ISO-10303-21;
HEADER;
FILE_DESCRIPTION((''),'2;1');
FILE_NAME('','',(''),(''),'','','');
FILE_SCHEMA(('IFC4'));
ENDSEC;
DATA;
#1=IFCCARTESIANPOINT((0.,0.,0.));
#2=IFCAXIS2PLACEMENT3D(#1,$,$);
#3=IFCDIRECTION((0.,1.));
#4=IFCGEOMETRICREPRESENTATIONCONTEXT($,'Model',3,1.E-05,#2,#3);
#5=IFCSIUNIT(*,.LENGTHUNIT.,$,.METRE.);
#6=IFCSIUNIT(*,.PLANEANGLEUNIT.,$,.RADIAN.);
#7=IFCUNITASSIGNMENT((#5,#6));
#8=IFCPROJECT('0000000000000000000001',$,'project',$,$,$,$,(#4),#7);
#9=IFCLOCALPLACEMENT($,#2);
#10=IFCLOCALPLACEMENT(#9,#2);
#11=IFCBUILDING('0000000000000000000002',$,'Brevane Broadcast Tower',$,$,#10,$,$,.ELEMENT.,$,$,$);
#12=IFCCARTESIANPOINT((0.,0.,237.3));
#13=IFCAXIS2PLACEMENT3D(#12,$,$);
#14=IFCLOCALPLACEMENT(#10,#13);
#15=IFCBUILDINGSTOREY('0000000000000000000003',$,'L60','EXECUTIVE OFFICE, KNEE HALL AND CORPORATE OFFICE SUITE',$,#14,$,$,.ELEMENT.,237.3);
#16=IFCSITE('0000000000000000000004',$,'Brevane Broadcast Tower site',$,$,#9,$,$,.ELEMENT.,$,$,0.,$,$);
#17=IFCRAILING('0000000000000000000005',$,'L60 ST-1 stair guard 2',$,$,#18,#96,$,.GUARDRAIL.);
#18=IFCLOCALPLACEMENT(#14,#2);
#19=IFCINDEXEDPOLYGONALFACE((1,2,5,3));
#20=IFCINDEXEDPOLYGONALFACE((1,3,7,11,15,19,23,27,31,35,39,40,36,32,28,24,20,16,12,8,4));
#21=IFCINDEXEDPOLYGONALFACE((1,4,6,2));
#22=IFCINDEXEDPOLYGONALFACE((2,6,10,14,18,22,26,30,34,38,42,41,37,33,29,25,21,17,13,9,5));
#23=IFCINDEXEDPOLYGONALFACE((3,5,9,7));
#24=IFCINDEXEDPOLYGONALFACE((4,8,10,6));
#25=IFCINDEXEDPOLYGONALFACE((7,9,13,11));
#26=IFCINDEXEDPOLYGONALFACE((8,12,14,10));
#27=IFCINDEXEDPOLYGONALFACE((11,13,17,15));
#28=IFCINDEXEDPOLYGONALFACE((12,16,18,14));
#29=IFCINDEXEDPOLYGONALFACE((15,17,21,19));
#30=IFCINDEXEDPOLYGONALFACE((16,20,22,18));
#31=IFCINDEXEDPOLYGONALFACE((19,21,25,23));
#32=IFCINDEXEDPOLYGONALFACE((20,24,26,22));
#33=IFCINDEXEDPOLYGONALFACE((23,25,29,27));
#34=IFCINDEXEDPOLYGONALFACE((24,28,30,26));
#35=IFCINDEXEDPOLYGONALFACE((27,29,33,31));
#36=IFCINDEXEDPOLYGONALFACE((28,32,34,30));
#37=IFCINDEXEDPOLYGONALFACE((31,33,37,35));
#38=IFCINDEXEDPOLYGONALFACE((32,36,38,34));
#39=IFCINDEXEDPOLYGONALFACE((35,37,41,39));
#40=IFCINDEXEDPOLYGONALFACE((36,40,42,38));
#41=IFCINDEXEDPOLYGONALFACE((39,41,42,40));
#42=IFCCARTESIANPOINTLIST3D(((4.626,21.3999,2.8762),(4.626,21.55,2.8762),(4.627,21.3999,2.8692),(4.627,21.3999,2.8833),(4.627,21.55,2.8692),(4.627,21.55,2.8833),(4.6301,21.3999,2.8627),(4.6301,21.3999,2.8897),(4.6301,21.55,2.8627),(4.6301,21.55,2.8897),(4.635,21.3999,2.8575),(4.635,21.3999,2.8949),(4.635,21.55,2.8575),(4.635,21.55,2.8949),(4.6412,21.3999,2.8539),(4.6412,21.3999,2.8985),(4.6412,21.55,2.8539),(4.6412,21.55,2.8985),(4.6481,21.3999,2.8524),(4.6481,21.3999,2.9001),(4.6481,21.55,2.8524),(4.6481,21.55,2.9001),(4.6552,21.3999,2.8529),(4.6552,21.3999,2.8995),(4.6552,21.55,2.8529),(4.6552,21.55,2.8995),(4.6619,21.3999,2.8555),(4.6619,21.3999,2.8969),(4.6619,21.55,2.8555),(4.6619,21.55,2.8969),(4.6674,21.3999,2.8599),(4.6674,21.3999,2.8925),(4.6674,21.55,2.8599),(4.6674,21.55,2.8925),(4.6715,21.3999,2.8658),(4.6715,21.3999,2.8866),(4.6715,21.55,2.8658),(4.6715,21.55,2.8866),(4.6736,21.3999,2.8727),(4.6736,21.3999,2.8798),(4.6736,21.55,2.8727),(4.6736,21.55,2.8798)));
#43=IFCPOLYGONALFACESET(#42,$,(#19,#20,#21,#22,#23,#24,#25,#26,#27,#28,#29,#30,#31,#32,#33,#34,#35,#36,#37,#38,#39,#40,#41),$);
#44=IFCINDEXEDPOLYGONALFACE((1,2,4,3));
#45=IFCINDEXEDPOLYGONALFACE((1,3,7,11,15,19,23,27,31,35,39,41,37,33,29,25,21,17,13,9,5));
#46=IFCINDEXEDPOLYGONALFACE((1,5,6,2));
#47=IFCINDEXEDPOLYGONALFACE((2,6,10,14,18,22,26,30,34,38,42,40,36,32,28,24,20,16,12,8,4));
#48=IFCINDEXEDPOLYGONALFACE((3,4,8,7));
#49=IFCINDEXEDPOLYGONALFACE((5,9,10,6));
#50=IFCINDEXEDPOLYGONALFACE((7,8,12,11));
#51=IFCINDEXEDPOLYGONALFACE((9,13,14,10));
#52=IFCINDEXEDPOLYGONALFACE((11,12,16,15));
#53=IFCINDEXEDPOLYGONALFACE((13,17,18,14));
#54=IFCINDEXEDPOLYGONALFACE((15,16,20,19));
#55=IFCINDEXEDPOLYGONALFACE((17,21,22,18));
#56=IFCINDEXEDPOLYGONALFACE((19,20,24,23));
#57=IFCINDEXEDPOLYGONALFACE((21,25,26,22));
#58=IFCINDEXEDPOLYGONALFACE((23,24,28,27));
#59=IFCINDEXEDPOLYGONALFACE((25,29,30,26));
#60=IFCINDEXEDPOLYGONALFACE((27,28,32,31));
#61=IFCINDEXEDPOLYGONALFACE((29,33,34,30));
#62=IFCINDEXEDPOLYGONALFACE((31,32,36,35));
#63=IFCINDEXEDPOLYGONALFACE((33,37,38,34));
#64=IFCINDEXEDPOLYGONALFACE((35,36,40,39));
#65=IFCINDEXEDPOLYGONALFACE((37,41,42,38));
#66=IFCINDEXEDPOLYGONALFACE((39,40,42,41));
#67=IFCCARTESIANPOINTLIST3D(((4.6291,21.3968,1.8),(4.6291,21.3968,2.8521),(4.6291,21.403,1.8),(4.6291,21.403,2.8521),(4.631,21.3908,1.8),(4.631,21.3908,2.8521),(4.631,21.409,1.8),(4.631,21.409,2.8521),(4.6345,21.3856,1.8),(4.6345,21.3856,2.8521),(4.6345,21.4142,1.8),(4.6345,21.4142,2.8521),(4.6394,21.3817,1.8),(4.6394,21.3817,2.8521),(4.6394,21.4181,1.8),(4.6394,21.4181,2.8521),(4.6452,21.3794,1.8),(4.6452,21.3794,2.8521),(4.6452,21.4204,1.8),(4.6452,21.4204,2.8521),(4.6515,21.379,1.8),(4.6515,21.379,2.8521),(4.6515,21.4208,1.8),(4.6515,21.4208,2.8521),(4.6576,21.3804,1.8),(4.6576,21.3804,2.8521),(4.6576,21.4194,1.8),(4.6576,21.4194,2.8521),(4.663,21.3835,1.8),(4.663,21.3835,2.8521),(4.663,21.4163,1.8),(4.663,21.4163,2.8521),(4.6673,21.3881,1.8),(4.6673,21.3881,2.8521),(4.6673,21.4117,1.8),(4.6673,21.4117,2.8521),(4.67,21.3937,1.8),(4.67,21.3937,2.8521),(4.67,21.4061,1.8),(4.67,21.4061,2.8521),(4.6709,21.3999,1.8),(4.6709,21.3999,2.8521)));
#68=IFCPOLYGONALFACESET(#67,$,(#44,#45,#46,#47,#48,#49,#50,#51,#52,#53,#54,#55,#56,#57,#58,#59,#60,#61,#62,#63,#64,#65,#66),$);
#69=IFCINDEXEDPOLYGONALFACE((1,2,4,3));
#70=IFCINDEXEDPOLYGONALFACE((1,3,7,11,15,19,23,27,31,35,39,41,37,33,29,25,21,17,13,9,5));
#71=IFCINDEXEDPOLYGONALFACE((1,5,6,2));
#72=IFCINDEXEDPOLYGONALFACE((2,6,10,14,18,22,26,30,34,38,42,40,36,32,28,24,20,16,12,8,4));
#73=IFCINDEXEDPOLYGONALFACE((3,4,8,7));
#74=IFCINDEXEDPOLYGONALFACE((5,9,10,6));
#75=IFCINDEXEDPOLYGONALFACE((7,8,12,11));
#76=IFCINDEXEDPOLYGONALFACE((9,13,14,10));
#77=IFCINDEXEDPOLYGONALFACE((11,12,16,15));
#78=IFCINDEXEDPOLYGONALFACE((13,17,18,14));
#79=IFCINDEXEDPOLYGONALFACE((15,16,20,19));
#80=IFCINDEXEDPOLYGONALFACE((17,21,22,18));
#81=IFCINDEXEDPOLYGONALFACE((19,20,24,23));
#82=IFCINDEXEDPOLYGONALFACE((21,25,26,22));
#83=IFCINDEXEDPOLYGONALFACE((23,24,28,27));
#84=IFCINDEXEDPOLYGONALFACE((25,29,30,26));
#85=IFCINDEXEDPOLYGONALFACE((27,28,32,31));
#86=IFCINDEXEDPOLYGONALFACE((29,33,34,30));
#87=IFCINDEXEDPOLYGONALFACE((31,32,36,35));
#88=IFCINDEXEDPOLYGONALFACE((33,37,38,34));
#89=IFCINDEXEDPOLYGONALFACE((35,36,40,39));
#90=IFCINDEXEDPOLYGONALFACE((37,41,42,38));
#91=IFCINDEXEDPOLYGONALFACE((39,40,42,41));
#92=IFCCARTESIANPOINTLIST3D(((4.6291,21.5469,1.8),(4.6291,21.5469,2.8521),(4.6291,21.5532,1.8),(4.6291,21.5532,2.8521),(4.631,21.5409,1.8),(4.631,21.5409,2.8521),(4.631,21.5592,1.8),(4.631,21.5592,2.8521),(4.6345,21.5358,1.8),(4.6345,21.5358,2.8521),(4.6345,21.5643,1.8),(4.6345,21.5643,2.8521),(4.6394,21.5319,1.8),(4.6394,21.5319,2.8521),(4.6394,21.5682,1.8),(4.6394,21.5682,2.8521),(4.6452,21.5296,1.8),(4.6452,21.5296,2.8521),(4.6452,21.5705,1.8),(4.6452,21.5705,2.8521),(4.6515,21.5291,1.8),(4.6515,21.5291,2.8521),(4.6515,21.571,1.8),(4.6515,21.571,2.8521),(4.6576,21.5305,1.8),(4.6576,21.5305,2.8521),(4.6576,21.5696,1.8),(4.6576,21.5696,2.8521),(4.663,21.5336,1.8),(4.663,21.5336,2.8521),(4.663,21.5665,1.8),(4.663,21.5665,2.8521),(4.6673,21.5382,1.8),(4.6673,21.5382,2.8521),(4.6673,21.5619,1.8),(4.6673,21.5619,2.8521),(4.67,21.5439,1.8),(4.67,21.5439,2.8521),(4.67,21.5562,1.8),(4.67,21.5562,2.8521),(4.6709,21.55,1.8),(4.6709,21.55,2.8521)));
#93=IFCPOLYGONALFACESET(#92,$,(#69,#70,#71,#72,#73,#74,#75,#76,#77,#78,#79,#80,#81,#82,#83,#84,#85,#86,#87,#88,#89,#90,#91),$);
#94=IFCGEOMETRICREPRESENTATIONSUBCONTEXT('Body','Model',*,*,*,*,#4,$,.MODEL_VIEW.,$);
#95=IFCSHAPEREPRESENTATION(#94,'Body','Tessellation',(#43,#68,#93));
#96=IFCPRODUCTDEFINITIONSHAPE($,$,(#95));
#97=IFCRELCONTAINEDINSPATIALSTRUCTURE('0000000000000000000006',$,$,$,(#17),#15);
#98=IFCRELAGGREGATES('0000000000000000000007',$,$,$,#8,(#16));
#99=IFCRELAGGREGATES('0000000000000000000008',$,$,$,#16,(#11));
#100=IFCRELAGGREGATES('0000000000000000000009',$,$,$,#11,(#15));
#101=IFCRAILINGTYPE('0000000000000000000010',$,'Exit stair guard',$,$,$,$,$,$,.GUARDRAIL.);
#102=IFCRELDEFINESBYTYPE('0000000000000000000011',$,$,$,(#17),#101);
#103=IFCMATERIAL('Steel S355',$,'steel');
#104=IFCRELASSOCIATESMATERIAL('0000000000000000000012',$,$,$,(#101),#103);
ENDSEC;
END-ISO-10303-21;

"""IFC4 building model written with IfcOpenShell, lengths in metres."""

from ifc_helpers import new_model, si_unit, direction, frame, origin, origin_2d, place, context, subcontext, project, spatial, circle, extrude, material, type_object, element, save


model = new_model("IFC4")

# Units and contexts
model_context = context("Model", 3, precision=1e-05, world=origin(), true_north=direction((0.0, 1.0)))
body_context = subcontext(model_context, "Body", "Model", "MODEL_VIEW")
ifc_project = project(units=[si_unit("LENGTHUNIT", "METRE"), si_unit("PLANEANGLEUNIT", "RADIAN")], contexts=[model_context])

# Site, building, storey
site_placement = place(None, origin())
site = spatial("IfcSite", under=ifc_project, at=site_placement, Name="Brevane Broadcast Tower site", CompositionType="ELEMENT", RefElevation=0.0)
building_placement = place(site_placement, origin())
building = spatial("IfcBuilding", under=site, at=building_placement, Name="Brevane Broadcast Tower", CompositionType="ELEMENT")
storey_placement = place(building_placement, frame((0.0, 0.0, 237.3)))
storey = spatial("IfcBuildingStorey", under=building, at=storey_placement, Name="L60", Description="EXECUTIVE OFFICE, KNEE HALL AND CORPORATE OFFICE SUITE", CompositionType="ELEMENT", Elevation=237.3)

# Railing
ifc_material_1 = material(Name="Steel S355", Category="steel")
railing_type_1 = type_object("IfcRailingType", Name="Exit stair guard", PredefinedType="GUARDRAIL", material=ifc_material_1)
railing_1_placement = place(storey_placement, frame((4.6499, 21.3999, 1.8)))
element("IfcRailing", 1, at=railing_1_placement, inside=storey, type_object=railing_type_1, Name="L60 ST-1 stair guard 2", PredefinedType="GUARDRAIL", context=body_context, shape_type="SweptSolid", body=[
    extrude(circle(Radius=0.0239, at=origin_2d()), frame((0.0, 0.0, 1.0762), z_axis=(0.0, 1.0, 0.0), x_axis=(-1.0, 0.0, 0.0)), (0.0, 0.0, 1.0), 0.1501),
    extrude(circle(Radius=0.021, at=origin_2d()), origin(), (0.0, 0.0, 1.0), 1.052),
    extrude(circle(Radius=0.021, at=origin_2d()), frame((0.0, 0.1501, 0.0)), (0.0, 0.0, 1.0), 1.052),
])

save(model, "model.ifc")
